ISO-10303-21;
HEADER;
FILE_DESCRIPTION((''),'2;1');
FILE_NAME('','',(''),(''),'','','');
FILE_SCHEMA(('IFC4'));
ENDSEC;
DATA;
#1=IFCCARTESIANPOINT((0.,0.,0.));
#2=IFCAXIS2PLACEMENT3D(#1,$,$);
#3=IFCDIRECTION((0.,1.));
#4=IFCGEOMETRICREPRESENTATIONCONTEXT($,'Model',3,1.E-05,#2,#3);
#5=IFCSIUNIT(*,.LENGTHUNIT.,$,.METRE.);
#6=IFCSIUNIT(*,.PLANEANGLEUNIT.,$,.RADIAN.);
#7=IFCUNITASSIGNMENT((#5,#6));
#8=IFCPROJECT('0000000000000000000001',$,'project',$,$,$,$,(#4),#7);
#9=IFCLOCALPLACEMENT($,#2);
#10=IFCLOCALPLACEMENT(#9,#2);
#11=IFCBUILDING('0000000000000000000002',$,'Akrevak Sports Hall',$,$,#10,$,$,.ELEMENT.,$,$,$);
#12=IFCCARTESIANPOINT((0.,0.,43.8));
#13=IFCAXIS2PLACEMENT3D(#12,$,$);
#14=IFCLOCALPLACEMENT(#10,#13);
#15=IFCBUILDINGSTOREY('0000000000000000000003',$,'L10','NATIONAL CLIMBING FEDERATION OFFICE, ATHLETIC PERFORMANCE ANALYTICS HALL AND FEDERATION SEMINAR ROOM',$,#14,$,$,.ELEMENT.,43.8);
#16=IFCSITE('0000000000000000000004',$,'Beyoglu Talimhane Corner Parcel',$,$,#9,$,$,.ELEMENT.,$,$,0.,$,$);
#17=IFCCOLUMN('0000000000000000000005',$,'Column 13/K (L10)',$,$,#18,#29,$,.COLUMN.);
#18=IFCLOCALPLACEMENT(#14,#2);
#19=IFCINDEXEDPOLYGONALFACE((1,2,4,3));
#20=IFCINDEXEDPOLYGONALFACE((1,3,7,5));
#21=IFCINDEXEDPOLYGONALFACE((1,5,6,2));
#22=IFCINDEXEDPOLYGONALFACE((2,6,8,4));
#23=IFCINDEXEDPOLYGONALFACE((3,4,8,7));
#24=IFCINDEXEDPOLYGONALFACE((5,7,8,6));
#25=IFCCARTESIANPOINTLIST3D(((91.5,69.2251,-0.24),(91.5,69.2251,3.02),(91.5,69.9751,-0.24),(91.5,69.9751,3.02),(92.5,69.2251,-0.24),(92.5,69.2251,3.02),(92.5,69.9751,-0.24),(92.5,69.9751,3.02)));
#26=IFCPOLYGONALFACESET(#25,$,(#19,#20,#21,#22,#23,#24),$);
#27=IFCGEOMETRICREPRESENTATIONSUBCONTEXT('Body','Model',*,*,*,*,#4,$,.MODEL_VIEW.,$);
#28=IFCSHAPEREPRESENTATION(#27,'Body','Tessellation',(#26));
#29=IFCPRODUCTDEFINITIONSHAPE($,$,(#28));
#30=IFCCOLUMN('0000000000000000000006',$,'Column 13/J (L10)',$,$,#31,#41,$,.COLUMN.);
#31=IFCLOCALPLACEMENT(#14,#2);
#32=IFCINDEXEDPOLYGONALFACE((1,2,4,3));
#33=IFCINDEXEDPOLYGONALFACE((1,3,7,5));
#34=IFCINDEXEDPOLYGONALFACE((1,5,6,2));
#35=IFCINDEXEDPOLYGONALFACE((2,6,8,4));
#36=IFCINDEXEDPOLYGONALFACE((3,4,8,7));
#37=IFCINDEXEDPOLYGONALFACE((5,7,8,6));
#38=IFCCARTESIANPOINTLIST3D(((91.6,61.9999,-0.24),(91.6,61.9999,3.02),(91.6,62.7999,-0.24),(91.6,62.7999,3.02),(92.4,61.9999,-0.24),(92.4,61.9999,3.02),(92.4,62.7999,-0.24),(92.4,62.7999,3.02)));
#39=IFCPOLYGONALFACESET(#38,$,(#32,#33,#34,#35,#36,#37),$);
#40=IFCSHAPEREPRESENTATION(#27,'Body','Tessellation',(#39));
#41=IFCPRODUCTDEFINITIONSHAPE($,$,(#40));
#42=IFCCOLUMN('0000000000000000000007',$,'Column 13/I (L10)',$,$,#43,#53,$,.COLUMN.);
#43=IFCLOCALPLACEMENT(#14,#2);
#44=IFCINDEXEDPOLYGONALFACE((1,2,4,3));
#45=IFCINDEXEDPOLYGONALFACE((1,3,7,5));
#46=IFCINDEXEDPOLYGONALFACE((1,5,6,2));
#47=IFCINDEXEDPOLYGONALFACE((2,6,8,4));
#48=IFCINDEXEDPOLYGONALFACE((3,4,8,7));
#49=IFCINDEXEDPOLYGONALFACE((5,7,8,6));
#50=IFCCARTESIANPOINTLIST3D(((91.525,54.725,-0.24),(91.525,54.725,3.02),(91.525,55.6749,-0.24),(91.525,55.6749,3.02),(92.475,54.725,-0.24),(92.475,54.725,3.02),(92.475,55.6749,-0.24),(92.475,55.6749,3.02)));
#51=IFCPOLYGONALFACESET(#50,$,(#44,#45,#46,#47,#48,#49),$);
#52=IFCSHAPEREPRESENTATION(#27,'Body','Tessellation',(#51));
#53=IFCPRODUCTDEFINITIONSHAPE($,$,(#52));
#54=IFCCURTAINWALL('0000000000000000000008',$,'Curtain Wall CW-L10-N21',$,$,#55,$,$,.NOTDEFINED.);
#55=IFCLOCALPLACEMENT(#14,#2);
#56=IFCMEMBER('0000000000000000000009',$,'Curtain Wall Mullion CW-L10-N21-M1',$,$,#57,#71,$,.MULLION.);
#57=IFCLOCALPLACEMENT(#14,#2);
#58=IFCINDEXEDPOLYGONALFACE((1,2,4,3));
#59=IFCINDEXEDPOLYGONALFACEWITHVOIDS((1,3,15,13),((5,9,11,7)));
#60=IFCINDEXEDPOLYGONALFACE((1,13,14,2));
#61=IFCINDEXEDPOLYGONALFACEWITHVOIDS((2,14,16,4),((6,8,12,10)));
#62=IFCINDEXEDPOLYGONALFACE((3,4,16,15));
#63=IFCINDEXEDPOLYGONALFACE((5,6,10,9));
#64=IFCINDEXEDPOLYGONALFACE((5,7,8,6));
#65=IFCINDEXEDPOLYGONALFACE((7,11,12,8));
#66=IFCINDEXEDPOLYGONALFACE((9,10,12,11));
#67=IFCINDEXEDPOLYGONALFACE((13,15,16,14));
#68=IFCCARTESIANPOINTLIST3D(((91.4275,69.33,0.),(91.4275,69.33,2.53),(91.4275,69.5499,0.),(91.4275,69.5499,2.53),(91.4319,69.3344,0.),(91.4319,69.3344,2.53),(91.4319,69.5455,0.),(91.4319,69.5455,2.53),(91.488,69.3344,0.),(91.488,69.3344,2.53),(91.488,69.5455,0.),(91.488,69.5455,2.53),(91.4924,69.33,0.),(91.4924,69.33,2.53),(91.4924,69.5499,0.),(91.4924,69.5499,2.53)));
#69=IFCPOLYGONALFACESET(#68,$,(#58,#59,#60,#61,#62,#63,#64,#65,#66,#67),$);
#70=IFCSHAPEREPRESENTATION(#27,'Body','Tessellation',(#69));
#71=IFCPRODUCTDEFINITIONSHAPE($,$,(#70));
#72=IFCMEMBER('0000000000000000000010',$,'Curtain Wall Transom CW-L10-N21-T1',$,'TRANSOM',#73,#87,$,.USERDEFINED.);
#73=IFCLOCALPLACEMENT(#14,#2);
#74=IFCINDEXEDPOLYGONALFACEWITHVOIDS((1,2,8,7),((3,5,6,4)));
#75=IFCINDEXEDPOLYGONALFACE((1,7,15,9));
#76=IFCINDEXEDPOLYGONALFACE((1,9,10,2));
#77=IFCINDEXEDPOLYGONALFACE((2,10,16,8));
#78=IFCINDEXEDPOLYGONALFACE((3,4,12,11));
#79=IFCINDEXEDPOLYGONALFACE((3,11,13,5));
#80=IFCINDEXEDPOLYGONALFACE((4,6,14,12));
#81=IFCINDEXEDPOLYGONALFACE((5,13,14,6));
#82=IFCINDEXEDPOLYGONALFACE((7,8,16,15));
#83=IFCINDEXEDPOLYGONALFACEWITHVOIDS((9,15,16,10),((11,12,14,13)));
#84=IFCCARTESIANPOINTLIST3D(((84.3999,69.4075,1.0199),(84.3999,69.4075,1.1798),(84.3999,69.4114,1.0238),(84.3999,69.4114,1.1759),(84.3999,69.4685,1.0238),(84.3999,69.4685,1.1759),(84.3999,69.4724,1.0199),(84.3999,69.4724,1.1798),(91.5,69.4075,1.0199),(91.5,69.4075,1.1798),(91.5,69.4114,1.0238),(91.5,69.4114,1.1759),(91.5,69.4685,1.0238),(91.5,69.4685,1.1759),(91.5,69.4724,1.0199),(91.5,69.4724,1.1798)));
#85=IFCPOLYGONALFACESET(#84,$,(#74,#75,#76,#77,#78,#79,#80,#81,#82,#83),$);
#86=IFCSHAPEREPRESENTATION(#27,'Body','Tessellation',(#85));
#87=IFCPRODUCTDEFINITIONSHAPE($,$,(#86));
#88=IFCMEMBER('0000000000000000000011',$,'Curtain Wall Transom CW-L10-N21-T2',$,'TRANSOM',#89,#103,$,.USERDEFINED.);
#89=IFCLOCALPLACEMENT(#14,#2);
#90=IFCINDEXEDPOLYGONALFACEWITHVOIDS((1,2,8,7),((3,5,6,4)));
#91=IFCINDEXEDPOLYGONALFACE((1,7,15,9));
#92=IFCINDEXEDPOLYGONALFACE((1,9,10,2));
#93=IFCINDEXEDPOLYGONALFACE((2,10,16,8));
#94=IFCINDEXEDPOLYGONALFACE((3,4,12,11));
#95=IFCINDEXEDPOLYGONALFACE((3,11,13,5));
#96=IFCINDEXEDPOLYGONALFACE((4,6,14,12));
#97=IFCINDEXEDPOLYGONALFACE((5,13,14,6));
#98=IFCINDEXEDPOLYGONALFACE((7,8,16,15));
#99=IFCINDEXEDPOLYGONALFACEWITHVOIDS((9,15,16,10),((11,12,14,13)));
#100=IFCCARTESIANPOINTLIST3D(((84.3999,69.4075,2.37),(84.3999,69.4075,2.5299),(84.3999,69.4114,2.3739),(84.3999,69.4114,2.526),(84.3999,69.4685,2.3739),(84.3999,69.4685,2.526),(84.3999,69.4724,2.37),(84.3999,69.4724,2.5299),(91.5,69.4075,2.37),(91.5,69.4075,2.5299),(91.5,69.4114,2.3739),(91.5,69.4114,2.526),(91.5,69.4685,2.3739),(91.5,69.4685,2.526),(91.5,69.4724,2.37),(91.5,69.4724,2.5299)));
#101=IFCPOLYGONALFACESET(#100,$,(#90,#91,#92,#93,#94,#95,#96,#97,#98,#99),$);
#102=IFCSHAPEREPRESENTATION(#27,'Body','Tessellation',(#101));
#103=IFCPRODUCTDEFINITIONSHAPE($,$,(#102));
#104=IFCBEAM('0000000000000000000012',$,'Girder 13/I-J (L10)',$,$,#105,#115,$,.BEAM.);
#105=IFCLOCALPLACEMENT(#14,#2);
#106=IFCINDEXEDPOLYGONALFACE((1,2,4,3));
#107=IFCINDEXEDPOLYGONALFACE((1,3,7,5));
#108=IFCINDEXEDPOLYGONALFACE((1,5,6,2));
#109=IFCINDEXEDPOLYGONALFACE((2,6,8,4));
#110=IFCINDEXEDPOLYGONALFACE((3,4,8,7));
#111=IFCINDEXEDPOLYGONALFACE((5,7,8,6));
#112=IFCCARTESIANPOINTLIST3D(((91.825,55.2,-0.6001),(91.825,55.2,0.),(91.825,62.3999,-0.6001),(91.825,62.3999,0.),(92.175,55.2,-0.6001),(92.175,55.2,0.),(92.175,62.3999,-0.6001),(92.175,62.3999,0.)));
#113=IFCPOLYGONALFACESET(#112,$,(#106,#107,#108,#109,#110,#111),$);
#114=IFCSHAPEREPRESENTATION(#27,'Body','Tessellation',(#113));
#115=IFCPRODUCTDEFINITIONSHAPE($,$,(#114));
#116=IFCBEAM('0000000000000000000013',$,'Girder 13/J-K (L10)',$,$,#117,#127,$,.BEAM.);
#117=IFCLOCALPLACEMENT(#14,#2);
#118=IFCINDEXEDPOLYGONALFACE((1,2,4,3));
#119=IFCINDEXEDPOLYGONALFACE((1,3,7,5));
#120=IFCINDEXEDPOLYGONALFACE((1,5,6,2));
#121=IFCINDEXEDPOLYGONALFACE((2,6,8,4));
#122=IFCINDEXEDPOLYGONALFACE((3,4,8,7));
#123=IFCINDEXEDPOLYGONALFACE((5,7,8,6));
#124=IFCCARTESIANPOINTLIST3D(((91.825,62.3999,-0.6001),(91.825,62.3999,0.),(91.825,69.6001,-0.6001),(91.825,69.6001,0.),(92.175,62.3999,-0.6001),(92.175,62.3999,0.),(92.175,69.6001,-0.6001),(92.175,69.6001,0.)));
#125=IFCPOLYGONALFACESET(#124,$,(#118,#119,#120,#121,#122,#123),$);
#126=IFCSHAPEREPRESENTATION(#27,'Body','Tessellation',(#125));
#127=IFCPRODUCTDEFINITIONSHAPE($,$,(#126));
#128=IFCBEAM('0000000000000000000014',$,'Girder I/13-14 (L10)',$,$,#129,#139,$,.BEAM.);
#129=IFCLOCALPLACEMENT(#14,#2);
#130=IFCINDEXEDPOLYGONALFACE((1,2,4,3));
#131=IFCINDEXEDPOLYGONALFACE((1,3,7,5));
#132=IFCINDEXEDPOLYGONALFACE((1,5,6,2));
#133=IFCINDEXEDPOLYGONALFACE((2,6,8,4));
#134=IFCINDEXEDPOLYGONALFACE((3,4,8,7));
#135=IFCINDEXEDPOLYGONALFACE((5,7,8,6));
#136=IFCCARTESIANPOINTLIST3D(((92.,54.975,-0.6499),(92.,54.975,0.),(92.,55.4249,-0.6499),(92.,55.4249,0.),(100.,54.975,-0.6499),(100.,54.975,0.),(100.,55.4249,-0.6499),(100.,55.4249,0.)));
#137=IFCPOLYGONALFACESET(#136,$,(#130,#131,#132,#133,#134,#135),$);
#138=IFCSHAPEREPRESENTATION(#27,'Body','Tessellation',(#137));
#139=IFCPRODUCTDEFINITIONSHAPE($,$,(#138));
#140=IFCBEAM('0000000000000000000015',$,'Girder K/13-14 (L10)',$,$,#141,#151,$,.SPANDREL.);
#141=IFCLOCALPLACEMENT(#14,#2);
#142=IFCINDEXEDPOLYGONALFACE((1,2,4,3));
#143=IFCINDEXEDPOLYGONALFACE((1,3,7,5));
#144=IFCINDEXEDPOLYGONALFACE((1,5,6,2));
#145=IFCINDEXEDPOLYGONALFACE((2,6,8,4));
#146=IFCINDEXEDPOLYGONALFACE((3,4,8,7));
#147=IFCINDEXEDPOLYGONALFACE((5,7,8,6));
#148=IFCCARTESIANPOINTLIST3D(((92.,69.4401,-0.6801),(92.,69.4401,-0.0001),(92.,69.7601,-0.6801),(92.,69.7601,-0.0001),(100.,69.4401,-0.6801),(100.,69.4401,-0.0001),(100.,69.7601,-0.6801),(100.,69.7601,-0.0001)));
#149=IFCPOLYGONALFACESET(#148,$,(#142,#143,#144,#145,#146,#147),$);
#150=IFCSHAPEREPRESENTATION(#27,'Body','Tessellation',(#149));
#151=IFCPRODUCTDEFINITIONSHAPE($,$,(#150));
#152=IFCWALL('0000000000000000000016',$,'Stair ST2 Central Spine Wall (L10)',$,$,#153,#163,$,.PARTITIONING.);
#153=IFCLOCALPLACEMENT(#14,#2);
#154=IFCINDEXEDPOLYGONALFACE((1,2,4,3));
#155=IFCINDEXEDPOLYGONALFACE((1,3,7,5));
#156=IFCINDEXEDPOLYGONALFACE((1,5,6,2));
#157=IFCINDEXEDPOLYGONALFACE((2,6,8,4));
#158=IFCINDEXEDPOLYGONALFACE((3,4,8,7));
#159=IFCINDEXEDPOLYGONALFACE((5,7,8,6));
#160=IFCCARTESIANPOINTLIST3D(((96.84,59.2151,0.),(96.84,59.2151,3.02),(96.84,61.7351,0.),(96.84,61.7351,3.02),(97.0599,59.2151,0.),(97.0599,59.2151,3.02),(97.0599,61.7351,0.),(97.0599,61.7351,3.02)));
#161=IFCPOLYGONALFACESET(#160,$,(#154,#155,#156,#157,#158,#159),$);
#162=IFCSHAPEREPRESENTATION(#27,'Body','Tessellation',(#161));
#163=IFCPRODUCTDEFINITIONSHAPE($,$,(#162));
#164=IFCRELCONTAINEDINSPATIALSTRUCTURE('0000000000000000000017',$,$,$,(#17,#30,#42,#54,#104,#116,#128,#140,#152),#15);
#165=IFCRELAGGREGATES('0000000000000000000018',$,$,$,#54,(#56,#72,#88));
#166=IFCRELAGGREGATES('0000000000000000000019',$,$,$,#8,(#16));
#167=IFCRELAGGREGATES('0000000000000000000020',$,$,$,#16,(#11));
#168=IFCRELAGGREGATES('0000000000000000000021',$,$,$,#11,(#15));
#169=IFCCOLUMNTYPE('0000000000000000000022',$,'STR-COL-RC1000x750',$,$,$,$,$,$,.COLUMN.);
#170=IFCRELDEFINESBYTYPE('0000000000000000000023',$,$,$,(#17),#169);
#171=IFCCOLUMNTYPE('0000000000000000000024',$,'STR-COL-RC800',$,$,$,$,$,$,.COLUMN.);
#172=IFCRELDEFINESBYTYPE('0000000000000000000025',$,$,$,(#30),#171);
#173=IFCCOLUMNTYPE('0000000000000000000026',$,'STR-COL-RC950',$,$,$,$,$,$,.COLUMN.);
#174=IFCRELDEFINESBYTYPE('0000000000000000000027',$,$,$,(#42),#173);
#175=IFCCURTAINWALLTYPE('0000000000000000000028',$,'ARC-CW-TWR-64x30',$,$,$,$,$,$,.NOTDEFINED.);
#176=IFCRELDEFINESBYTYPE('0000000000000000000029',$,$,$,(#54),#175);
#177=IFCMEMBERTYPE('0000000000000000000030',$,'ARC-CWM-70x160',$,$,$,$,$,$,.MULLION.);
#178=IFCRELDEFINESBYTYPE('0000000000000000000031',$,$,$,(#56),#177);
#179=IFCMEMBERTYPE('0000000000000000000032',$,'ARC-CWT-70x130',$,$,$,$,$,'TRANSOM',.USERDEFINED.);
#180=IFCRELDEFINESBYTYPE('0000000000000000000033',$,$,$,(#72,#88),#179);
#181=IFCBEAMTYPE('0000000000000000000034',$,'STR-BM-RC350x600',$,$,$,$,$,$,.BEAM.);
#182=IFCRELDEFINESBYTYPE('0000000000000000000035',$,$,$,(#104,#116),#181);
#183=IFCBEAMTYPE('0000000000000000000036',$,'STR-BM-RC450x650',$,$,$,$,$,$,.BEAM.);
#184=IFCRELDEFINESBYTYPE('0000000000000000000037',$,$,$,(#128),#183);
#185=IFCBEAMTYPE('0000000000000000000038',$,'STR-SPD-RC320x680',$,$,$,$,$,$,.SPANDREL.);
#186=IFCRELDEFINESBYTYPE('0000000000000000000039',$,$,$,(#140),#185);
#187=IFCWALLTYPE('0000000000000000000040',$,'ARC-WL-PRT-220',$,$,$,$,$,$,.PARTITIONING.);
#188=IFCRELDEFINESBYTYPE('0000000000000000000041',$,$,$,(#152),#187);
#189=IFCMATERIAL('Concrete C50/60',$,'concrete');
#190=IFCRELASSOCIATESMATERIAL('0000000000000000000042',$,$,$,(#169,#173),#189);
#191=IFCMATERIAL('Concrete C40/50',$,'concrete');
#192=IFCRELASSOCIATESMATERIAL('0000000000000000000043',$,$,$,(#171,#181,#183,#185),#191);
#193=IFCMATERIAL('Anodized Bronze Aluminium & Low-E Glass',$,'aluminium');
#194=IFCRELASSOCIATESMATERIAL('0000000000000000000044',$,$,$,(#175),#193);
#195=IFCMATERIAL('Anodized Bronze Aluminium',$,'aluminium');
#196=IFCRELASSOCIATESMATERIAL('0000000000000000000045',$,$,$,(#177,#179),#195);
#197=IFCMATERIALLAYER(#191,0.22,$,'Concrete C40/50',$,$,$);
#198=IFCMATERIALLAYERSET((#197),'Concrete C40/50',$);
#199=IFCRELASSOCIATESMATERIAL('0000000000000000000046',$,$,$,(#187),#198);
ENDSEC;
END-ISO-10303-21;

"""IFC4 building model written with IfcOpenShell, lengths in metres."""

from ifc_helpers import new_model, si_unit, direction, frame, frame_2d, origin, origin_2d, place, context, subcontext, project, spatial, rectangle, hollow_rectangle, extrude, material, layer, layer_set, material_profile, profile_set, type_object, element, aggregate, save


model = new_model("IFC4")

# Units and contexts
model_context = context("Model", 3, precision=1e-05, world=origin(), true_north=direction((0.0, 1.0)))
body_context = subcontext(model_context, "Body", "Model", "MODEL_VIEW")
ifc_project = project(units=[si_unit("LENGTHUNIT", "METRE"), si_unit("PLANEANGLEUNIT", "RADIAN")], contexts=[model_context])

# Site, building, storey
site_placement = place(None, origin())
site = spatial("IfcSite", under=ifc_project, at=site_placement, Name="Beyoglu Talimhane Corner Parcel", CompositionType="ELEMENT", RefElevation=0.0)
building_placement = place(site_placement, origin())
building = spatial("IfcBuilding", under=site, at=building_placement, Name="Akrevak Sports Hall", CompositionType="ELEMENT")
storey_placement = place(building_placement, frame((0.0, 0.0, 43.8)))
storey = spatial("IfcBuildingStorey", under=building, at=storey_placement, Name="L10", Description="NATIONAL CLIMBING FEDERATION OFFICE, ATHLETIC PERFORMANCE ANALYTICS HALL AND FEDERATION SEMINAR ROOM", CompositionType="ELEMENT", Elevation=43.8)

# Columns
ifc_material_1 = material(Name="Concrete C50/60", Category="concrete")
ifc_material_profile_1 = material_profile(ifc_material_1, rectangle(XDim=1.0, YDim=0.75, at=origin_2d()), Name="RC 1000x750", Category="concrete")
ifc_profile_set_1 = profile_set([ifc_material_profile_1], Name="Concrete C50/60")
column_type_1 = type_object("IfcColumnType", Name="STR-COL-RC1000x750", PredefinedType="COLUMN", material=ifc_profile_set_1)
column_1_placement = place(storey_placement, frame((92.0, 69.6001, -0.24), z_axis=(0.0, 0.0, 1.0), x_axis=(1.0, 0.0, 0.0)))
element("IfcColumn", 1, at=column_1_placement, inside=storey, type_object=column_type_1, Name="Column 13/K (L10)", PredefinedType="COLUMN", context=body_context, shape_type="SweptSolid", body=[
    extrude(rectangle(XDim=1.0, YDim=0.75, at=origin_2d()), origin(), (0.0, 0.0, 1.0), 3.26),
])
ifc_material_2 = material(Name="Concrete C40/50", Category="concrete")
ifc_material_profile_2 = material_profile(ifc_material_2, rectangle(XDim=0.8, YDim=0.8, at=origin_2d()), Name="RC 800x800", Category="concrete")
ifc_profile_set_2 = profile_set([ifc_material_profile_2], Name="Concrete C40/50")
column_type_2 = type_object("IfcColumnType", Name="STR-COL-RC800", PredefinedType="COLUMN", material=ifc_profile_set_2)
column_2_placement = place(storey_placement, frame((92.0, 62.3999, -0.24), z_axis=(0.0, 0.0, 1.0), x_axis=(1.0, 0.0, 0.0)))
element("IfcColumn", 2, at=column_2_placement, inside=storey, type_object=column_type_2, Name="Column 13/J (L10)", PredefinedType="COLUMN", context=body_context, shape_type="SweptSolid", body=[
    extrude(rectangle(XDim=0.8, YDim=0.8, at=origin_2d()), origin(), (0.0, 0.0, 1.0), 3.26),
])
ifc_material_profile_3 = material_profile(ifc_material_1, rectangle(XDim=0.95, YDim=0.95, at=origin_2d()), Name="RC 950x950", Category="concrete")
ifc_profile_set_3 = profile_set([ifc_material_profile_3], Name="Concrete C50/60")
column_type_3 = type_object("IfcColumnType", Name="STR-COL-RC950", PredefinedType="COLUMN", material=ifc_profile_set_3)
column_3_placement = place(storey_placement, frame((92.0, 55.2, -0.24), z_axis=(0.0, 0.0, 1.0), x_axis=(1.0, 0.0, 0.0)))
element("IfcColumn", 3, at=column_3_placement, inside=storey, type_object=column_type_3, Name="Column 13/I (L10)", PredefinedType="COLUMN", context=body_context, shape_type="SweptSolid", body=[
    extrude(rectangle(XDim=0.95, YDim=0.95, at=origin_2d()), origin(), (0.0, 0.0, 1.0), 3.26),
])

# Curtain wall, members
ifc_material_3 = material(Name="Anodized Bronze Aluminium & Low-E Glass", Category="aluminium")
curtain_wall_type = type_object("IfcCurtainWallType", Name="ARC-CW-TWR-64x30", PredefinedType="NOTDEFINED", material=ifc_material_3)
curtain_wall_placement = place(storey_placement, origin())
curtain_wall = element("IfcCurtainWall", 4, at=curtain_wall_placement, inside=storey, type_object=curtain_wall_type, Name="Curtain Wall CW-L10-N21", PredefinedType="NOTDEFINED")
ifc_material_4 = material(Name="Anodized Bronze Aluminium", Category="aluminium")
ifc_material_profile_4 = material_profile(ifc_material_4, hollow_rectangle(XDim=0.0649, YDim=0.22, WallThickness=0.0044, at=origin_2d()), Name="CWM 65x220", Category="aluminium")
ifc_profile_set_4 = profile_set([ifc_material_profile_4], Name="Anodized Bronze Aluminium")
member_type_1 = type_object("IfcMemberType", Name="ARC-CWM-70x160", PredefinedType="MULLION", material=ifc_profile_set_4)
member_1_placement = place(storey_placement, frame((91.46, 69.4399, 0.0), z_axis=(0.0, 0.0, 1.0), x_axis=(-1.0, 0.0, 0.0)))
member_1 = element("IfcMember", 5, at=member_1_placement, type_object=member_type_1, Name="Curtain Wall Mullion CW-L10-N21-M1", PredefinedType="MULLION", context=body_context, shape_type="SweptSolid", body=[
    extrude(hollow_rectangle(XDim=0.0649, YDim=0.22, WallThickness=0.0044, at=origin_2d()), origin(), (0.0, 0.0, 1.0), 2.53),
])
ifc_material_profile_5 = material_profile(ifc_material_4, hollow_rectangle(XDim=0.0649, YDim=0.1599, WallThickness=0.0039, at=origin_2d()), Name="CWT 65x160", Category="aluminium")
ifc_profile_set_5 = profile_set([ifc_material_profile_5], Name="Anodized Bronze Aluminium")
member_type_2 = type_object("IfcMemberType", Name="ARC-CWT-70x130", ElementType="TRANSOM", PredefinedType="USERDEFINED", material=ifc_profile_set_5)
member_2_placement = place(storey_placement, frame((91.5, 69.4399, 1.0999), z_axis=(-1.0, 0.0, 0.0), x_axis=(0.0, -1.0, 0.0)))
member_2 = element("IfcMember", 6, at=member_2_placement, type_object=member_type_2, Name="Curtain Wall Transom CW-L10-N21-T1", ObjectType="TRANSOM", PredefinedType="USERDEFINED", context=body_context, shape_type="SweptSolid", body=[
    extrude(hollow_rectangle(XDim=0.0649, YDim=0.1599, WallThickness=0.0039, at=origin_2d()), origin(), (0.0, 0.0, 1.0), 7.1001),
])
member_3_placement = place(storey_placement, frame((91.5, 69.4399, 2.45), z_axis=(-1.0, 0.0, 0.0), x_axis=(0.0, -1.0, 0.0)))
member_3 = element("IfcMember", 7, at=member_3_placement, type_object=member_type_2, Name="Curtain Wall Transom CW-L10-N21-T2", ObjectType="TRANSOM", PredefinedType="USERDEFINED", context=body_context, shape_type="SweptSolid", body=[
    extrude(hollow_rectangle(XDim=0.0649, YDim=0.1599, WallThickness=0.0039, at=origin_2d()), origin(), (0.0, 0.0, 1.0), 7.1001),
])
aggregate(curtain_wall, [member_1, member_2, member_3])

# Beams
ifc_material_profile_6 = material_profile(ifc_material_2, rectangle(XDim=0.3501, YDim=0.6001, at=origin_2d()), Name="BM 350x600", Category="concrete")
ifc_profile_set_6 = profile_set([ifc_material_profile_6], Name="Concrete C40/50")
beam_type_1 = type_object("IfcBeamType", Name="STR-BM-RC350x600", PredefinedType="BEAM", material=ifc_profile_set_6)
beam_1_placement = place(storey_placement, frame((92.0, 55.2, -0.3), z_axis=(0.0, 1.0, 0.0), x_axis=(-1.0, 0.0, 0.0)))
element("IfcBeam", 8, at=beam_1_placement, inside=storey, type_object=beam_type_1, Name="Girder 13/I-J (L10)", PredefinedType="BEAM", context=body_context, shape_type="SweptSolid", body=[
    extrude(rectangle(XDim=0.3501, YDim=0.6001, at=origin_2d()), origin(), (0.0, 0.0, 1.0), 7.2),
])
beam_2_placement = place(storey_placement, frame((92.0, 62.3999, -0.3), z_axis=(0.0, 1.0, 0.0), x_axis=(-1.0, 0.0, 0.0)))
element("IfcBeam", 9, at=beam_2_placement, inside=storey, type_object=beam_type_1, Name="Girder 13/J-K (L10)", PredefinedType="BEAM", context=body_context, shape_type="SweptSolid", body=[
    extrude(rectangle(XDim=0.3501, YDim=0.6001, at=origin_2d()), origin(), (0.0, 0.0, 1.0), 7.2002),
])
ifc_material_profile_7 = material_profile(ifc_material_2, rectangle(XDim=0.45, YDim=0.6499, at=origin_2d()), Name="BM 450x650", Category="concrete")
ifc_profile_set_7 = profile_set([ifc_material_profile_7], Name="Concrete C40/50")
beam_type_2 = type_object("IfcBeamType", Name="STR-BM-RC450x650", PredefinedType="BEAM", material=ifc_profile_set_7)
beam_3_placement = place(storey_placement, frame((92.0, 55.2, -0.325), z_axis=(1.0, 0.0, 0.0), x_axis=(0.0, 1.0, 0.0)))
element("IfcBeam", 10, at=beam_3_placement, inside=storey, type_object=beam_type_2, Name="Girder I/13-14 (L10)", PredefinedType="BEAM", context=body_context, shape_type="SweptSolid", body=[
    extrude(rectangle(XDim=0.45, YDim=0.6499, at=origin_2d()), origin(), (0.0, 0.0, 1.0), 8.0),
])
ifc_material_profile_8 = material_profile(ifc_material_2, rectangle(XDim=0.3201, YDim=0.6799, at=origin_2d()), Name="SPD 320x680", Category="concrete")
ifc_profile_set_8 = profile_set([ifc_material_profile_8], Name="Concrete C40/50")
beam_type_3 = type_object("IfcBeamType", Name="STR-SPD-RC320x680", PredefinedType="SPANDREL", material=ifc_profile_set_8)
beam_4_placement = place(storey_placement, frame((92.0, 69.6001, -0.3401), z_axis=(1.0, 0.0, 0.0), x_axis=(0.0, 1.0, 0.0)))
element("IfcBeam", 11, at=beam_4_placement, inside=storey, type_object=beam_type_3, Name="Girder K/13-14 (L10)", PredefinedType="SPANDREL", context=body_context, shape_type="SweptSolid", body=[
    extrude(rectangle(XDim=0.3201, YDim=0.6799, at=origin_2d()), origin(), (0.0, 0.0, 1.0), 8.0),
])

# Wall
ifc_layer_1 = layer(ifc_material_2, 0.22, Name="Concrete C40/50")
ifc_layer_set_1 = layer_set([ifc_layer_1], Name="Concrete C40/50")
wall_type_1 = type_object("IfcWallType", Name="ARC-WL-PRT-220", PredefinedType="PARTITIONING", material=ifc_layer_set_1)
wall_1_placement = place(storey_placement, frame((96.95, 59.2151, 0.0), z_axis=(0.0, 0.0, 1.0), x_axis=(0.0, 1.0, 0.0)))
element("IfcWall", 12, at=wall_1_placement, inside=storey, type_object=wall_type_1, Name="Stair ST2 Central Spine Wall (L10)", PredefinedType="PARTITIONING", context=body_context, shape_type="SweptSolid", body=[
    extrude(rectangle(XDim=2.52, YDim=0.22, at=frame_2d((1.26, 0.0))), origin(), (0.0, 0.0, 1.0), 3.02),
])

save(model, "model.ifc")
